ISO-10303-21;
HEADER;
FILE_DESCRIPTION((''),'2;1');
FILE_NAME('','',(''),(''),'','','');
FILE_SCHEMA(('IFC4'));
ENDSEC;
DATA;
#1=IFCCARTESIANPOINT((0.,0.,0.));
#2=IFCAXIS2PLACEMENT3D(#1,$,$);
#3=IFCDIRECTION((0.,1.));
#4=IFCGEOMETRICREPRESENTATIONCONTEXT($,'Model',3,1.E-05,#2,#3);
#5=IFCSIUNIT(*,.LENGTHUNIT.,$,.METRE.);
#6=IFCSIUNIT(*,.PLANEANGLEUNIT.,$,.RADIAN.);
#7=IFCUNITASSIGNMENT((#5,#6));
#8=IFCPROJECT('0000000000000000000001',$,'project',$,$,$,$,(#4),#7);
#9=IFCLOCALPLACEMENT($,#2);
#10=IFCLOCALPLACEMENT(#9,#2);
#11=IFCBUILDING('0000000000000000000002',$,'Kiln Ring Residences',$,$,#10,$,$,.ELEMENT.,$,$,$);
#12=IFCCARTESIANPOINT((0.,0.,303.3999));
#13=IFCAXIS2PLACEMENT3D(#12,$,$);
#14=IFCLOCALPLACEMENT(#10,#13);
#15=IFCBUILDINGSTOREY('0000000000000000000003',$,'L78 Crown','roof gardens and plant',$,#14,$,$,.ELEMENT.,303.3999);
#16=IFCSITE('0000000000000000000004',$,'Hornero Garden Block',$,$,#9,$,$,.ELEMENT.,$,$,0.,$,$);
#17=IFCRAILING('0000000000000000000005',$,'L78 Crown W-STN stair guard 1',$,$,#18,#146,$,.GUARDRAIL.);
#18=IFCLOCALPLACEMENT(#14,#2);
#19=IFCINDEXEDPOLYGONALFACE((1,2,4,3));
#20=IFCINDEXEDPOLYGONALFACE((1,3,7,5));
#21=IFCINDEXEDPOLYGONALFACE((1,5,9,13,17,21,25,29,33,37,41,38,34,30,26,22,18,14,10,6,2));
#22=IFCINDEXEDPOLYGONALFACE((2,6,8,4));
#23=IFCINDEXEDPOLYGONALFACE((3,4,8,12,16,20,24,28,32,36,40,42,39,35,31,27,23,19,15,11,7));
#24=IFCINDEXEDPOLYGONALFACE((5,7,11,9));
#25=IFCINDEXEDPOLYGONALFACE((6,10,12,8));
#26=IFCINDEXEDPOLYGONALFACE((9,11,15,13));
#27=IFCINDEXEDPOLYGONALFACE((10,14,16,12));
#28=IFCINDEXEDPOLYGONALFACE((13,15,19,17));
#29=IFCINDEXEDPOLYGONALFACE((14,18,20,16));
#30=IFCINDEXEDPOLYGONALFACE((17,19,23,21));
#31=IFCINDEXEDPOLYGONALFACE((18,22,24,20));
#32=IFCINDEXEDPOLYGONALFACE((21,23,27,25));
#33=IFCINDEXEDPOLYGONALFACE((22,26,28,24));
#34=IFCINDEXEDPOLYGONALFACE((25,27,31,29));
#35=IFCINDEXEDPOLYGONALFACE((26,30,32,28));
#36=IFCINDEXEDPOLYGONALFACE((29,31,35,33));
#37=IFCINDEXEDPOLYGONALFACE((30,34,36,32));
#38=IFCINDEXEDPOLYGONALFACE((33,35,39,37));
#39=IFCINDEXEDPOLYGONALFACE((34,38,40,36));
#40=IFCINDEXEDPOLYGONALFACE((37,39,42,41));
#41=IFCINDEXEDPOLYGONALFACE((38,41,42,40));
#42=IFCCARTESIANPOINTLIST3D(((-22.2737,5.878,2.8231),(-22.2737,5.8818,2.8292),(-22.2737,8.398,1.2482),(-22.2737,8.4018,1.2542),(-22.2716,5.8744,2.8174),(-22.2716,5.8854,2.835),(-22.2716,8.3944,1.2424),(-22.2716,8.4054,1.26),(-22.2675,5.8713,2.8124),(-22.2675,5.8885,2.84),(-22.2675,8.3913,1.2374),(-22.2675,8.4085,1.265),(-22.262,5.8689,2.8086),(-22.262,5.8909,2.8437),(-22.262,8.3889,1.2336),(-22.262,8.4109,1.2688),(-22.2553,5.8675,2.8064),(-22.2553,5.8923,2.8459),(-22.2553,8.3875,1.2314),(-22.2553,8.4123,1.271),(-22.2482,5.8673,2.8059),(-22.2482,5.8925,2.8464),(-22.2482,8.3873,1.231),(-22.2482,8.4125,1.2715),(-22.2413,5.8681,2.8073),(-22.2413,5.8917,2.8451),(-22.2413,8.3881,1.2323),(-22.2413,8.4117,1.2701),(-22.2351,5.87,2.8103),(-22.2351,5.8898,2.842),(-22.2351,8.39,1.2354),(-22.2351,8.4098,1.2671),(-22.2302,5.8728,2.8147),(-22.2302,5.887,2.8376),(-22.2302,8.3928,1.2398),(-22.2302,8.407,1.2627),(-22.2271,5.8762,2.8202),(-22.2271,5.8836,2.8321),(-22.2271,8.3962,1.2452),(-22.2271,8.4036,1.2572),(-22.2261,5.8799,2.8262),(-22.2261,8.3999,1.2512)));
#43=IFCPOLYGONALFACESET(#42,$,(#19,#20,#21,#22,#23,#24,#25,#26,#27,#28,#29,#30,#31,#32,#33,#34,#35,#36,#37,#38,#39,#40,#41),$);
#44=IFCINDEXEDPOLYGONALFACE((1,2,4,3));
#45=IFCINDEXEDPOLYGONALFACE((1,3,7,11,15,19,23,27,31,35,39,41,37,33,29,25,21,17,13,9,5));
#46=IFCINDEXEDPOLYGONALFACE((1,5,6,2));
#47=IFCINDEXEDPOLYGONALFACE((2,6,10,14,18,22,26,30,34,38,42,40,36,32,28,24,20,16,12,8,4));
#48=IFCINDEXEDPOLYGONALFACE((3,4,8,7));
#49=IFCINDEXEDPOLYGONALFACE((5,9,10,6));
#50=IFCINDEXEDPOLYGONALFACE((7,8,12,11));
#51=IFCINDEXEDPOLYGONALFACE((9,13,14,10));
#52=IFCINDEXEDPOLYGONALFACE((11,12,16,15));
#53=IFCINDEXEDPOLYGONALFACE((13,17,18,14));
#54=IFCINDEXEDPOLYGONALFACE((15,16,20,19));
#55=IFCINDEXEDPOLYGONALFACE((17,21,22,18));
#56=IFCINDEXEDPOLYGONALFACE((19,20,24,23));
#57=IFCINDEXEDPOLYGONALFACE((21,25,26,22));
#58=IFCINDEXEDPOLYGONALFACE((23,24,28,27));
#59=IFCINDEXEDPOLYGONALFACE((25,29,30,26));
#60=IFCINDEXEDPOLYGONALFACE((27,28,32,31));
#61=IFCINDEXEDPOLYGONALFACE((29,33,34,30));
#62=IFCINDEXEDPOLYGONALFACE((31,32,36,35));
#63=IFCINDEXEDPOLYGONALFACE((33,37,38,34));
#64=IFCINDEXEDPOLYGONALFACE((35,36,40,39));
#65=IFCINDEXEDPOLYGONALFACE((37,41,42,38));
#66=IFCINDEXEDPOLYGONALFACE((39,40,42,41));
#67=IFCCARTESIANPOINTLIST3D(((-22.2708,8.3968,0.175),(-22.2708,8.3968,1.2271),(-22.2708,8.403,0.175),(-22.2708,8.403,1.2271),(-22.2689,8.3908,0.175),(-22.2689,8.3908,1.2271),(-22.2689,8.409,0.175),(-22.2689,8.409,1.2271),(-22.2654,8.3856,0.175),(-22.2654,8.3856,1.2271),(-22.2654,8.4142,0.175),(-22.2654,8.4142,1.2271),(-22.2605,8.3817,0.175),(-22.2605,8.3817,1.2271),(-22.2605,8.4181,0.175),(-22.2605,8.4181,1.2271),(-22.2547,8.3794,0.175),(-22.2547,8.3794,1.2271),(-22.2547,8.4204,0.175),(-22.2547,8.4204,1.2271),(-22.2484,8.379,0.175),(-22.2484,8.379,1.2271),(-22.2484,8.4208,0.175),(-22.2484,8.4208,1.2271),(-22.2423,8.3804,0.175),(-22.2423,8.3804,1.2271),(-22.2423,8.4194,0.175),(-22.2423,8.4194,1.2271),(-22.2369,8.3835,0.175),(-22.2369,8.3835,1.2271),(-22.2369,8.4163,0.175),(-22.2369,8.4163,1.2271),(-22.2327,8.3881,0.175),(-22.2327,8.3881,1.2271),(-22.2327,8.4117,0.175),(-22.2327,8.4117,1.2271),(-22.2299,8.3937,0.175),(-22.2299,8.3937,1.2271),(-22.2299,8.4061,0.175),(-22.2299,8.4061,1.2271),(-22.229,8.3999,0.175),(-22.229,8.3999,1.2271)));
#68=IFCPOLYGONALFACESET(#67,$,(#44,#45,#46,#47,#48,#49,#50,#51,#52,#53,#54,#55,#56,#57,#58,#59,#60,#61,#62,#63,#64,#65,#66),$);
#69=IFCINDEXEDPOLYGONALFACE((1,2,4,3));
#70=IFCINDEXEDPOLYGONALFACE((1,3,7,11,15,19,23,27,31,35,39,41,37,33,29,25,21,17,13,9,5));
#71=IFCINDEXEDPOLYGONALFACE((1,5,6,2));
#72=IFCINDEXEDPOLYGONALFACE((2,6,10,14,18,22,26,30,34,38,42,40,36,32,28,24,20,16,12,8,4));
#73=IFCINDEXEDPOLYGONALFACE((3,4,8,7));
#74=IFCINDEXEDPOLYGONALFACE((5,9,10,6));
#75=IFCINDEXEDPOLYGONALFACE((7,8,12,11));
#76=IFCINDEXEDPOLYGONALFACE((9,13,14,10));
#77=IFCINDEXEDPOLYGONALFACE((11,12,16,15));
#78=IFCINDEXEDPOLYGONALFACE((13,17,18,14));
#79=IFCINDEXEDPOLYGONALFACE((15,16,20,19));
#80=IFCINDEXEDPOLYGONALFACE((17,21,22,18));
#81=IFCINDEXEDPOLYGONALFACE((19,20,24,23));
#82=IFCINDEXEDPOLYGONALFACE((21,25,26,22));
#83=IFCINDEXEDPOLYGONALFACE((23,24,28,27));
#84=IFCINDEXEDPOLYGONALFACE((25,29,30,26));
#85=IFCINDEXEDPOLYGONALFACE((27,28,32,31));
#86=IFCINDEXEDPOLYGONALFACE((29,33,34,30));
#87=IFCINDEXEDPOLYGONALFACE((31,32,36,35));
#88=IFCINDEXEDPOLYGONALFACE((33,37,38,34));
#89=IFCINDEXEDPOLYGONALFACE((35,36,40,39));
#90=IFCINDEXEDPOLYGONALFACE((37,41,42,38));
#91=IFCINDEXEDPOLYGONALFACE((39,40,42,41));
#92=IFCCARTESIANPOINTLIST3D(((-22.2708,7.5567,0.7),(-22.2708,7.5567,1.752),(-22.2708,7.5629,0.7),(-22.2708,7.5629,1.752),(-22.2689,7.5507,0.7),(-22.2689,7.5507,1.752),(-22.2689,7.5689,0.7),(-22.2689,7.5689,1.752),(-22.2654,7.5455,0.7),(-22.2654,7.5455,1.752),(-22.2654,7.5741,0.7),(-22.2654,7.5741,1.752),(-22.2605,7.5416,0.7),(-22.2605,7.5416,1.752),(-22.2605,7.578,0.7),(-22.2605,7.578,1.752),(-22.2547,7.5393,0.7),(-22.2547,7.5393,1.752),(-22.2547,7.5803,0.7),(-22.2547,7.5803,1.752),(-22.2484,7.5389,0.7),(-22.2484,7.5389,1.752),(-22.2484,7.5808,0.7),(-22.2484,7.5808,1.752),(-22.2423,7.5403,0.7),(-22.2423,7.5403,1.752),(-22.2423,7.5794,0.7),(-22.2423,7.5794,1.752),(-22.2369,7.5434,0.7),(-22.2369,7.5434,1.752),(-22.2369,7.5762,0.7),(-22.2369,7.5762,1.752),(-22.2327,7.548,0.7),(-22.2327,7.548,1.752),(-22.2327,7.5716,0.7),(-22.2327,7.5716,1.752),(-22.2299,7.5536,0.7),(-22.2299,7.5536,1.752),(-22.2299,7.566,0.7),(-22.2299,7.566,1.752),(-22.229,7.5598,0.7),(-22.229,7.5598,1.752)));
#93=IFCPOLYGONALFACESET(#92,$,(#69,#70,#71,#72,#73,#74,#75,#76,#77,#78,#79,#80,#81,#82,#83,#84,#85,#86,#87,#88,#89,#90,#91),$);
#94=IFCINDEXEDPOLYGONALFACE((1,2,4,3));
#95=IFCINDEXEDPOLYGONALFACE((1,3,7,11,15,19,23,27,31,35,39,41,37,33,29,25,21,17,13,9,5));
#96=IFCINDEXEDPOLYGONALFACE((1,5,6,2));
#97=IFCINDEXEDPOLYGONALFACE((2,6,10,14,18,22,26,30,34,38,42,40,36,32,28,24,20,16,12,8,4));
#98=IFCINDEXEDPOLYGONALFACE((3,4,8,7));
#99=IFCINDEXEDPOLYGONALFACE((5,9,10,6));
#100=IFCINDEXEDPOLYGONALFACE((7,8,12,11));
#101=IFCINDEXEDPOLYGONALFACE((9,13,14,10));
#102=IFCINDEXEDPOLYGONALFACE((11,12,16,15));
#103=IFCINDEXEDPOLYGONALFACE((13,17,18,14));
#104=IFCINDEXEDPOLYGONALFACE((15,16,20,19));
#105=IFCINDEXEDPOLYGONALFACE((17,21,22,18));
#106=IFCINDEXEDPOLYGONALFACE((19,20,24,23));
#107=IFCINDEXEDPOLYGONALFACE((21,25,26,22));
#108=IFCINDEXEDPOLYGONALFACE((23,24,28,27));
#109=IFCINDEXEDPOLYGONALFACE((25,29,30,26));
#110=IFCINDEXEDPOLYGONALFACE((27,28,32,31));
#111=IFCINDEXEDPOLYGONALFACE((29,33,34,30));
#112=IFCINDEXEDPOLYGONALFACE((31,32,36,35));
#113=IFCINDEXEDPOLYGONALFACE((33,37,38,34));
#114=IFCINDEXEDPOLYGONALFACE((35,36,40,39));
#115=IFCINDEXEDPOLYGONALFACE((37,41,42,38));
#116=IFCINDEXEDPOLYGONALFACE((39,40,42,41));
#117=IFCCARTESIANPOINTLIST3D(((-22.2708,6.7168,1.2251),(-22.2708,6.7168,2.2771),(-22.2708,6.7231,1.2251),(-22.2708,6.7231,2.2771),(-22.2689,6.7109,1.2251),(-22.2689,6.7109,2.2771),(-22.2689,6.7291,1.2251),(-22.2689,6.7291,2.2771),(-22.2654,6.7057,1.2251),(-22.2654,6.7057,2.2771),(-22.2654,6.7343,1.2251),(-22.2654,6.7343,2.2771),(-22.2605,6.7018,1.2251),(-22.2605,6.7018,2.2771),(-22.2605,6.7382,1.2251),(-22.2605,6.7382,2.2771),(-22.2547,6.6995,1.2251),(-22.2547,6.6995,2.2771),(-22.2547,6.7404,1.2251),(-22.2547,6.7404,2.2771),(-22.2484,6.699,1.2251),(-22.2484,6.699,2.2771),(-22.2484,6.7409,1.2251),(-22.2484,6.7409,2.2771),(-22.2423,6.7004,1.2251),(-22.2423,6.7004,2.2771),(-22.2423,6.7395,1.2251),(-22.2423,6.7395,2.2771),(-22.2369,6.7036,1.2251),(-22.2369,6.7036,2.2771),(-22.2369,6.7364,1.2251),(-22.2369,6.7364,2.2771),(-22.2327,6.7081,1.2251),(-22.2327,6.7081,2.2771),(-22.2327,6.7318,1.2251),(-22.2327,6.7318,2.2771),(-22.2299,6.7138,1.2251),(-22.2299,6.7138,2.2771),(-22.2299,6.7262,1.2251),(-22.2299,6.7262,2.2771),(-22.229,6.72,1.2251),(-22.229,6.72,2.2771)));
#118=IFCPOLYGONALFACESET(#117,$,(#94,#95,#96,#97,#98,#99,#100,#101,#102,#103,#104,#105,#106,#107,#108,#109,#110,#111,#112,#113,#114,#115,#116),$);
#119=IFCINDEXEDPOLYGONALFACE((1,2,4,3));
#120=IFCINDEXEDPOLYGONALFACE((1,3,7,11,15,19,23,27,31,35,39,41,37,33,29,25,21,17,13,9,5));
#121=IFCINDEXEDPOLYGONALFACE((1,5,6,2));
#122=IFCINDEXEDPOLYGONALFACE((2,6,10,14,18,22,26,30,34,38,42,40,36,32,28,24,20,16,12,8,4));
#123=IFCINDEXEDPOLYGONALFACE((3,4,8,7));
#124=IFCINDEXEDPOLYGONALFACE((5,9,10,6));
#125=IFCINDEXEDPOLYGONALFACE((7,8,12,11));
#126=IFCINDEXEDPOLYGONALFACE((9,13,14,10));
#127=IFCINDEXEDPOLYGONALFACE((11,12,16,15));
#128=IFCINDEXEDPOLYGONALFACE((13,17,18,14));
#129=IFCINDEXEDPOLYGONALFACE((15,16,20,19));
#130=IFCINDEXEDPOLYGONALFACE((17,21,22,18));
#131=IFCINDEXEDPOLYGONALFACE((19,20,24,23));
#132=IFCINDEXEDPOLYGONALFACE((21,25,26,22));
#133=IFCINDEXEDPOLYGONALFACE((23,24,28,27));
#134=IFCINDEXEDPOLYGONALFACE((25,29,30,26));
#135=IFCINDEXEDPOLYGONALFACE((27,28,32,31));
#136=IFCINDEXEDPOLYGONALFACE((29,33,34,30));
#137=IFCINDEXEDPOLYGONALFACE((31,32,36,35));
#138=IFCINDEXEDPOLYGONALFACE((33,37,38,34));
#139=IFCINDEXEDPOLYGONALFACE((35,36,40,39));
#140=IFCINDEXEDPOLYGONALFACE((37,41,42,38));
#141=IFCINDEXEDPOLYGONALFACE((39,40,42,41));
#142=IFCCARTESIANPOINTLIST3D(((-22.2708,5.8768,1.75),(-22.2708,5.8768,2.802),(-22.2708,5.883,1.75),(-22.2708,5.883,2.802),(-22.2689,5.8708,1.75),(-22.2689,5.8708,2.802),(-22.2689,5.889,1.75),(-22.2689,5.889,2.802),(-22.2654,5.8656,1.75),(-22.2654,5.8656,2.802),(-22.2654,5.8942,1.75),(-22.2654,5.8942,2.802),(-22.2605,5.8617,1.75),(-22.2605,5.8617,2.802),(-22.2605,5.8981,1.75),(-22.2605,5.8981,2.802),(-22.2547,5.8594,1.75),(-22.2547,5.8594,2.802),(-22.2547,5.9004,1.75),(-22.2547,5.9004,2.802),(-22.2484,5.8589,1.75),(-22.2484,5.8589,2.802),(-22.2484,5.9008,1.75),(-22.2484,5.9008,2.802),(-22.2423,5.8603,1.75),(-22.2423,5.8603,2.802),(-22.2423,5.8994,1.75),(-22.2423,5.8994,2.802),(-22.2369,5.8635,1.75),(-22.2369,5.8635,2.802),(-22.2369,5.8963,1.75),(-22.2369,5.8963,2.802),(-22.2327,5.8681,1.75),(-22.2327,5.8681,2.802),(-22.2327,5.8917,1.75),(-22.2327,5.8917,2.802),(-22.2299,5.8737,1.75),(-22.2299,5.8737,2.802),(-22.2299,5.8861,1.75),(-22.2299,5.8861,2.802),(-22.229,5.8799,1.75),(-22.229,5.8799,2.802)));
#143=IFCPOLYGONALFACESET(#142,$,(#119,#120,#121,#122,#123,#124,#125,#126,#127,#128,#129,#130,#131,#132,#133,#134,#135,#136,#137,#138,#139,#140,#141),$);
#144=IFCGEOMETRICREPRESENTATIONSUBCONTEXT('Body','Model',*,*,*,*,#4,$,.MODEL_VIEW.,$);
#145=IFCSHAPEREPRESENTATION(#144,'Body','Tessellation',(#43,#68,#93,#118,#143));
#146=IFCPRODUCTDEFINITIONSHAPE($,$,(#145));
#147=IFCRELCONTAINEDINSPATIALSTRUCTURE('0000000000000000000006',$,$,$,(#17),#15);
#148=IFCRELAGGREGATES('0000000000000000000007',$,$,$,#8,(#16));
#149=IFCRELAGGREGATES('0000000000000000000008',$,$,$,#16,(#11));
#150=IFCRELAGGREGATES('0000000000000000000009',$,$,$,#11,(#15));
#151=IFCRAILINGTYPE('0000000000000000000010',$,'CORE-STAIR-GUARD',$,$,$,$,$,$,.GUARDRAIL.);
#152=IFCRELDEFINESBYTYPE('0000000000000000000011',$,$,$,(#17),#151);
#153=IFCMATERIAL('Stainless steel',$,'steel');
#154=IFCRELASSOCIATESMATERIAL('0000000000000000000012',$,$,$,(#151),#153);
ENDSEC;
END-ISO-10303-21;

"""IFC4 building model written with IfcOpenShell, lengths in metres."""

from ifc_helpers import new_model, si_unit, direction, frame, origin, origin_2d, place, context, subcontext, project, spatial, circle, extrude, material, type_object, element, save


model = new_model("IFC4")

# Units and contexts
model_context = context("Model", 3, precision=1e-05, world=origin(), true_north=direction((0.0, 1.0)))
body_context = subcontext(model_context, "Body", "Model", "MODEL_VIEW")
ifc_project = project(units=[si_unit("LENGTHUNIT", "METRE"), si_unit("PLANEANGLEUNIT", "RADIAN")], contexts=[model_context])

# Site, building, storey
site_placement = place(None, origin())
site = spatial("IfcSite", under=ifc_project, at=site_placement, Name="Hornero Garden Block", CompositionType="ELEMENT", RefElevation=0.0)
building_placement = place(site_placement, origin())
building = spatial("IfcBuilding", under=site, at=building_placement, Name="Kiln Ring Residences", CompositionType="ELEMENT")
storey_placement = place(building_placement, frame((0.0, 0.0, 303.3999)))
storey = spatial("IfcBuildingStorey", under=building, at=storey_placement, Name="L78 Crown", Description="roof gardens and plant", CompositionType="ELEMENT", Elevation=303.3999)

# Railing
ifc_material_1 = material(Name="Stainless steel", Category="steel")
railing_type_1 = type_object("IfcRailingType", Name="CORE-STAIR-GUARD", PredefinedType="GUARDRAIL", material=ifc_material_1)
railing_1_placement = place(storey_placement, frame((-22.25, 8.3999, 0.175)))
element("IfcRailing", 1, at=railing_1_placement, inside=storey, type_object=railing_type_1, Name="L78 Crown W-STN stair guard 1", PredefinedType="GUARDRAIL", context=body_context, shape_type="SweptSolid", body=[
    extrude(circle(Radius=0.0239, at=origin_2d()), frame((0.0, 0.0, 1.0762), z_axis=(0.0, -0.848008, 0.529984), x_axis=(1.0, 0.0, 0.0)), (0.0, 0.0, 1.0), 2.9717),
    extrude(circle(Radius=0.021, at=origin_2d()), origin(), (0.0, 0.0, 1.0), 1.052),
    extrude(circle(Radius=0.021, at=origin_2d()), frame((0.0, -0.8401, 0.5249)), (0.0, 0.0, 1.0), 1.052),
    extrude(circle(Radius=0.021, at=origin_2d()), frame((0.0, -1.6799, 1.05)), (0.0, 0.0, 1.0), 1.052),
    extrude(circle(Radius=0.021, at=origin_2d()), frame((0.0, -2.52, 1.575)), (0.0, 0.0, 1.0), 1.052),
])

save(model, "model.ifc")
